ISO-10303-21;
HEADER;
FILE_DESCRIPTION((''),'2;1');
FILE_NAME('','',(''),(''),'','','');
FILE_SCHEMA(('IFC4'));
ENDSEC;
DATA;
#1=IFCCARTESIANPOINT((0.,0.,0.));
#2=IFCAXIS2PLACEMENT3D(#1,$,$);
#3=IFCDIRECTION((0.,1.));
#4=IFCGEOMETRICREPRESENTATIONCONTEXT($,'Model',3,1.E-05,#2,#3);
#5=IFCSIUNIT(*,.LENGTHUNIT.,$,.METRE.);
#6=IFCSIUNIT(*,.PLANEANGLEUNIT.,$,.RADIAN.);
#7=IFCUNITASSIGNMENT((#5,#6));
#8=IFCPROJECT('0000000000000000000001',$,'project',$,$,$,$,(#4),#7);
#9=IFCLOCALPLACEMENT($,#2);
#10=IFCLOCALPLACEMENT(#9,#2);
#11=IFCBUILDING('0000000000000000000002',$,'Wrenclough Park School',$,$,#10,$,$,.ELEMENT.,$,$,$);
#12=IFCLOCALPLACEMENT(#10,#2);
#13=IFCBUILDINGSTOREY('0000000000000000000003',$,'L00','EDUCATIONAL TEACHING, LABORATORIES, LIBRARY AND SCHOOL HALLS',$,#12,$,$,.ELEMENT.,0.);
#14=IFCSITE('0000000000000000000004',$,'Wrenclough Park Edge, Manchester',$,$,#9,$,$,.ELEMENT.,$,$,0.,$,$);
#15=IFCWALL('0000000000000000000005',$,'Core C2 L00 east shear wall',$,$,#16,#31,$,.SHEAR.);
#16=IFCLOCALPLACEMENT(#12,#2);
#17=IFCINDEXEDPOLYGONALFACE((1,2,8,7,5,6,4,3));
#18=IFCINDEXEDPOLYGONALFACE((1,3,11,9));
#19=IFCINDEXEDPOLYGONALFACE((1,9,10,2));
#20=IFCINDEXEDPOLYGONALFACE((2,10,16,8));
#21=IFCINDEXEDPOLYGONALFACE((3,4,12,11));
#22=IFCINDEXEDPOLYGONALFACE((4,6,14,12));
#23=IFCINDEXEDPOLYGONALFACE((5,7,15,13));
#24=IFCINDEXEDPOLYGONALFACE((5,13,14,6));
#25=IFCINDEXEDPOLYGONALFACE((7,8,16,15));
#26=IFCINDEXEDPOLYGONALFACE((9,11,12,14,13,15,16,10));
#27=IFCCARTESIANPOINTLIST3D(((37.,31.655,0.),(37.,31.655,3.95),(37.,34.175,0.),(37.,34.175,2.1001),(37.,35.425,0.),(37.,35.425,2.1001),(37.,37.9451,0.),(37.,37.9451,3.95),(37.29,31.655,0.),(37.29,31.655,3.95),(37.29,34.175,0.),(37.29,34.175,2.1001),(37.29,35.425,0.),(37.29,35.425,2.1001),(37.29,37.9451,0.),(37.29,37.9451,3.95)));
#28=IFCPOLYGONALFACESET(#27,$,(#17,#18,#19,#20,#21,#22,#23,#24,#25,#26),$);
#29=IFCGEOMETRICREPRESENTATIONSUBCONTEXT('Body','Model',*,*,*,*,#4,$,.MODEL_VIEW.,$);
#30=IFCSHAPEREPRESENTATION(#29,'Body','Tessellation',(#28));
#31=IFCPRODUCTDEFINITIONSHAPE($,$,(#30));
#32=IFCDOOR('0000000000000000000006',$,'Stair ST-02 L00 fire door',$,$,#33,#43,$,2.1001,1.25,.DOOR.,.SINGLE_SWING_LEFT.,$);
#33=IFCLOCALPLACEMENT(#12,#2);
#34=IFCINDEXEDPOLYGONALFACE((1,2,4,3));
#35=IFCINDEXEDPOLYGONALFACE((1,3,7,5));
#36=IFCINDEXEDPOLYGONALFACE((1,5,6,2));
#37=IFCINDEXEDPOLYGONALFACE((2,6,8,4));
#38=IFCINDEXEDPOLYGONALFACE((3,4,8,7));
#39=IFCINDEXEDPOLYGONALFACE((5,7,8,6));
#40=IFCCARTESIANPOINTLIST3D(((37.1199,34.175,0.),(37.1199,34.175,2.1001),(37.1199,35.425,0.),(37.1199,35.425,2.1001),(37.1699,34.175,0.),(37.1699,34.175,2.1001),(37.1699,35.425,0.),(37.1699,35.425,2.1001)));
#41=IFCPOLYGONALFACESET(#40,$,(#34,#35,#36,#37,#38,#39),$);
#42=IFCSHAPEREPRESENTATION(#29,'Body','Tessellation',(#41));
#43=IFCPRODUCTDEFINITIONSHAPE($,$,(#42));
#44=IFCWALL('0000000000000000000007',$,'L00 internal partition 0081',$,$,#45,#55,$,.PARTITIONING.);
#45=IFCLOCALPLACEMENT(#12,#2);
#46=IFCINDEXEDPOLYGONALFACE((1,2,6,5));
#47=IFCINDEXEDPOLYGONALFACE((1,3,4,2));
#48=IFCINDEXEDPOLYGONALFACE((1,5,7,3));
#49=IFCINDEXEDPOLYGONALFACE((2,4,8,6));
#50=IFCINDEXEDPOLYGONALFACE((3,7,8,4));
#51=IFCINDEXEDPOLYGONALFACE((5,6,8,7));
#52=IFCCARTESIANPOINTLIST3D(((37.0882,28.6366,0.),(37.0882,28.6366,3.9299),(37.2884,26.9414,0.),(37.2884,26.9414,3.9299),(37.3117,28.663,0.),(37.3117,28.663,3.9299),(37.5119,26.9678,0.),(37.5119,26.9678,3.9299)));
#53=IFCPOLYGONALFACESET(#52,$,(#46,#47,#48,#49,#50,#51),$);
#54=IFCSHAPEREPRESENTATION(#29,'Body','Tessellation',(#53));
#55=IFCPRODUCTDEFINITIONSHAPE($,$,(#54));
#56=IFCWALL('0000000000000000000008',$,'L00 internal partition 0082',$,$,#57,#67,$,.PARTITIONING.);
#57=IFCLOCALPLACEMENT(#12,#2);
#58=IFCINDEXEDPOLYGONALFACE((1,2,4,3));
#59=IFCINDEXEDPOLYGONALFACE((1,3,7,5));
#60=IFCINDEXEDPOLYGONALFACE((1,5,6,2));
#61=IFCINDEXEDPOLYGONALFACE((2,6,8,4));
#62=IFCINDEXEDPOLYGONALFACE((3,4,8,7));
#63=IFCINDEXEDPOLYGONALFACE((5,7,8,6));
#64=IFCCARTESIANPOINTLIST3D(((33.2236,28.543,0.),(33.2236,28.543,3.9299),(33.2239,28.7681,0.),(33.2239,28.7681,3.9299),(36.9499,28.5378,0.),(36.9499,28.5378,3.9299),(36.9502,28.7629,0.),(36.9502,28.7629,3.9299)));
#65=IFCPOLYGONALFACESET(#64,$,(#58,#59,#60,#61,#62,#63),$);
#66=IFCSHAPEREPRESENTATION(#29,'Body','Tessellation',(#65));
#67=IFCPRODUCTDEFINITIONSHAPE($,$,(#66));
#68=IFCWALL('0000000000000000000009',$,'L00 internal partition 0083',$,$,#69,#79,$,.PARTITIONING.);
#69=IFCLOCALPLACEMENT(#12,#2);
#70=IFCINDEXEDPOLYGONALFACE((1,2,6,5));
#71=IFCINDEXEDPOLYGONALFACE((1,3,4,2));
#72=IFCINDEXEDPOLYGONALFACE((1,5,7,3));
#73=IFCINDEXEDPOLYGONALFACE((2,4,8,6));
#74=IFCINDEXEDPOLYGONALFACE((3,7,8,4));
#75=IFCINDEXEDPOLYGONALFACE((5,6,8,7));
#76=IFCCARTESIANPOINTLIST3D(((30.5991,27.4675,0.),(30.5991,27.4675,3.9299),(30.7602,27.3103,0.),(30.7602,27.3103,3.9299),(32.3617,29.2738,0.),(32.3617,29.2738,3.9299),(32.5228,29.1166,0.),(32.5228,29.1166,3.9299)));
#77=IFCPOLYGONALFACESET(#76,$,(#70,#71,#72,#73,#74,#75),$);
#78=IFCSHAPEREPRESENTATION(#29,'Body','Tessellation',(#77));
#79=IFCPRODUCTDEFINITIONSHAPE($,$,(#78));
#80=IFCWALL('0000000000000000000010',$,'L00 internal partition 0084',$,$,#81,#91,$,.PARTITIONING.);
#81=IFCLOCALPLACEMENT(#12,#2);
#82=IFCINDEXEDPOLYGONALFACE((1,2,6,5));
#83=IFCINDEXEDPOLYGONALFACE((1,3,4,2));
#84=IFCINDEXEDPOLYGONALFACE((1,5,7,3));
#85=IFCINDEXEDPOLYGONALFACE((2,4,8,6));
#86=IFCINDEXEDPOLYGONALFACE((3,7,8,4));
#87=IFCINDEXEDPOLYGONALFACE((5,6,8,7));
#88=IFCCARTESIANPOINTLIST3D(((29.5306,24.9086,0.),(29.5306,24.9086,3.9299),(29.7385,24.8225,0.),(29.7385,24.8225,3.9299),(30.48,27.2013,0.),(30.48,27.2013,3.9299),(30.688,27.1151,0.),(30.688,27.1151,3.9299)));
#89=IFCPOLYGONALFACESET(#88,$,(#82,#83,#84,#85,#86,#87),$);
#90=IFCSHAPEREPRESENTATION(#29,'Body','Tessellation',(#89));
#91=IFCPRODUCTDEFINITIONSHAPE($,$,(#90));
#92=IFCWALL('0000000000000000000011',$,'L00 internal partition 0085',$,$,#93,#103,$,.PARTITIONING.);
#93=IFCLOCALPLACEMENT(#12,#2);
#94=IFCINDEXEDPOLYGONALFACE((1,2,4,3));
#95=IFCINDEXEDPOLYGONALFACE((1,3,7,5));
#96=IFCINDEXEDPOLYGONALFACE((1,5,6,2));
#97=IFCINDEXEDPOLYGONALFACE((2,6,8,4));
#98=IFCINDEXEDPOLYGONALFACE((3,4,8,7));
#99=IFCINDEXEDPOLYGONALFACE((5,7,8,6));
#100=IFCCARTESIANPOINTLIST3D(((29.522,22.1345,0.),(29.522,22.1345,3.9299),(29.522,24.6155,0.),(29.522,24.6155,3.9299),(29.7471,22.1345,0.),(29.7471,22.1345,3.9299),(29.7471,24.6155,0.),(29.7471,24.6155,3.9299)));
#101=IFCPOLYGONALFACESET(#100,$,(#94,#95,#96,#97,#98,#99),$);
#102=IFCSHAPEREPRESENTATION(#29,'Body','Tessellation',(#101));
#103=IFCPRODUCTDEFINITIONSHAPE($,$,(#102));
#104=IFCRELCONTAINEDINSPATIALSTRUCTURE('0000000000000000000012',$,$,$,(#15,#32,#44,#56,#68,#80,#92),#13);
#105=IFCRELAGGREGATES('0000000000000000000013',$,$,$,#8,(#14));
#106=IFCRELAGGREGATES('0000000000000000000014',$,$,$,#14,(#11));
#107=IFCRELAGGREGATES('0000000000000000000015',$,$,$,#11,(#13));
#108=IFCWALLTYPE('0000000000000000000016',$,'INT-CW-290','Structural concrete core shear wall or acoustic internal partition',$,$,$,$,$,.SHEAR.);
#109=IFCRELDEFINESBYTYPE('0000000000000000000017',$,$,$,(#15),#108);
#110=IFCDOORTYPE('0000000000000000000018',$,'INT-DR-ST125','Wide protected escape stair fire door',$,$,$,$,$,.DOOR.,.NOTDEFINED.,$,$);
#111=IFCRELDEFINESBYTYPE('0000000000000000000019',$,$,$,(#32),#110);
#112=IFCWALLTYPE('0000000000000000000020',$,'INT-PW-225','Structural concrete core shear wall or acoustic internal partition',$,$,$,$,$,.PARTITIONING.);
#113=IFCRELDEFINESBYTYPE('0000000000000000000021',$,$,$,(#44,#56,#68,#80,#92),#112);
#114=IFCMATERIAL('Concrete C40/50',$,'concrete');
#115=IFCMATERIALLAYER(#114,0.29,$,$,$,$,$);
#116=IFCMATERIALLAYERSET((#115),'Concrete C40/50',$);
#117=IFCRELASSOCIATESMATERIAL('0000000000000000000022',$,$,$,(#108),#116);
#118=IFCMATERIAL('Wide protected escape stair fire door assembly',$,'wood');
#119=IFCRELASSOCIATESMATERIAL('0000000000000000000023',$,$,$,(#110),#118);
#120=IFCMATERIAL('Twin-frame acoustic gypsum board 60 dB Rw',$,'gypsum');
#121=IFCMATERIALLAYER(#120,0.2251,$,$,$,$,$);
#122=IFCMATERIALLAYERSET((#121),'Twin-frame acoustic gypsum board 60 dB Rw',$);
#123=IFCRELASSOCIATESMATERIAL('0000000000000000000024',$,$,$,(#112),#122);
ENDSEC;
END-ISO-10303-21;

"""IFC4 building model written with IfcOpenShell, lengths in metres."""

from ifc_helpers import new_model, si_unit, direction, frame, frame_2d, origin, place, context, subcontext, project, spatial, rectangle, extrude, material, layer, layer_set, type_object, element, fill, save


model = new_model("IFC4")

# Units and contexts
model_context = context("Model", 3, precision=1e-05, world=origin(), true_north=direction((0.0, 1.0)))
body_context = subcontext(model_context, "Body", "Model", "MODEL_VIEW")
ifc_project = project(units=[si_unit("LENGTHUNIT", "METRE"), si_unit("PLANEANGLEUNIT", "RADIAN")], contexts=[model_context])

# Site, building, storey
site_placement = place(None, origin())
site = spatial("IfcSite", under=ifc_project, at=site_placement, Name="Wrenclough Park Edge, Manchester", CompositionType="ELEMENT", RefElevation=0.0)
building_placement = place(site_placement, origin())
building = spatial("IfcBuilding", under=site, at=building_placement, Name="Wrenclough Park School", CompositionType="ELEMENT")
storey_placement = place(building_placement, origin())
storey = spatial("IfcBuildingStorey", under=building, at=storey_placement, Name="L00", Description="EDUCATIONAL TEACHING, LABORATORIES, LIBRARY AND SCHOOL HALLS", CompositionType="ELEMENT", Elevation=0.0)

# Shared definitions
ifc_material_1 = material(Name="Concrete C40/50", Category="concrete")
ifc_layer_1 = layer(ifc_material_1, 0.29)
ifc_layer_set_1 = layer_set([ifc_layer_1], Name="Concrete C40/50")
wall_type_1 = type_object("IfcWallType", Name="INT-CW-290", Description="Structural concrete core shear wall or acoustic internal partition", PredefinedType="SHEAR", material=ifc_layer_set_1)

# Wall, opening, door
wall_1_placement = place(storey_placement, frame((37.145, 31.655, 0.0), z_axis=(0.0, 0.0, 1.0), x_axis=(0.0, 1.0, 0.0)))
wall_1 = element("IfcWall", 1, at=wall_1_placement, inside=storey, type_object=wall_type_1, Name="Core C2 L00 east shear wall", PredefinedType="SHEAR", context=body_context, shape_type="SweptSolid", body=[
    extrude(rectangle(XDim=6.29, YDim=0.29, at=frame_2d((3.145, 0.0))), origin(), (0.0, 0.0, 1.0), 3.95),
])
opening_1_placement = place(wall_1_placement, frame((2.52, 0.0, 0.0)))
opening_1 = element("IfcOpeningElement", 2, at=opening_1_placement, cuts=wall_1, PredefinedType="OPENING", context=body_context, shape_type="SweptSolid", body=[
    extrude(rectangle(XDim=1.25, YDim=2.1001, at=frame_2d((0.625, 1.05))), frame((0.0, 0.155, 0.0), z_axis=(0.0, -1.0, 0.0), x_axis=(1.0, 0.0, 0.0)), (0.0, 0.0, 1.0), 0.3101),
])
ifc_material_2 = material(Name="Wide protected escape stair fire door assembly", Category="wood")
door_type_1 = type_object("IfcDoorType", Name="INT-DR-ST125", Description="Wide protected escape stair fire door", OperationType="NOTDEFINED", PredefinedType="DOOR", material=ifc_material_2)
door_1_placement = place(opening_1_placement, frame((1.25, 0.0, 0.0), z_axis=(0.0, 0.0, 1.0), x_axis=(-1.0, 0.0, 0.0)))
door_1 = element("IfcDoor", 3, at=door_1_placement, inside=storey, type_object=door_type_1, Name="Stair ST-02 L00 fire door", OperationType="SINGLE_SWING_LEFT", OverallHeight=2.1001, OverallWidth=1.25, PredefinedType="DOOR", context=body_context, shape_type="SweptSolid", body=[
    extrude(rectangle(XDim=1.25, YDim=2.1001, at=frame_2d((0.625, 1.05))), frame((0.0, 0.0249, 0.0), z_axis=(0.0, -1.0, 0.0), x_axis=(1.0, 0.0, 0.0)), (0.0, 0.0, 1.0), 0.05),
])
fill(opening_1, door_1)

# Walls
ifc_material_3 = material(Name="Twin-frame acoustic gypsum board 60 dB Rw", Category="gypsum")
ifc_layer_2 = layer(ifc_material_3, 0.2251)
ifc_layer_set_2 = layer_set([ifc_layer_2], Name="Twin-frame acoustic gypsum board 60 dB Rw")
wall_type_2 = type_object("IfcWallType", Name="INT-PW-225", Description="Structural concrete core shear wall or acoustic internal partition", PredefinedType="PARTITIONING", material=ifc_layer_set_2)
wall_2_placement = place(storey_placement, frame((37.4001, 26.9546, 0.0), z_axis=(0.0, 0.0, 1.0), x_axis=(-0.117273, 0.9931, 0.0)))
element("IfcWall", 4, at=wall_2_placement, inside=storey, type_object=wall_type_2, Name="L00 internal partition 0081", PredefinedType="PARTITIONING", context=body_context, shape_type="SweptSolid", body=[
    extrude(rectangle(XDim=1.707, YDim=0.2251, at=frame_2d((0.8535, 0.0))), origin(), (0.0, 0.0, 1.0), 3.9299),
])
wall_3_placement = place(storey_placement, frame((36.9502, 28.6504, 0.0), z_axis=(0.0, 0.0, 1.0), x_axis=(-0.999999, 0.001376, 0.0)))
element("IfcWall", 5, at=wall_3_placement, inside=storey, type_object=wall_type_2, Name="L00 internal partition 0082", PredefinedType="PARTITIONING", context=body_context, shape_type="SweptSolid", body=[
    extrude(rectangle(XDim=3.7263, YDim=0.2251, at=frame_2d((1.8633, 0.0))), origin(), (0.0, 0.0, 1.0), 3.9299),
])
wall_4_placement = place(storey_placement, frame((32.4421, 29.1951, 0.0), z_axis=(0.0, 0.0, 1.0), x_axis=(-0.698395, -0.715712, 0.0)))
element("IfcWall", 6, at=wall_4_placement, inside=storey, type_object=wall_type_2, Name="L00 internal partition 0083", PredefinedType="PARTITIONING", context=body_context, shape_type="SweptSolid", body=[
    extrude(rectangle(XDim=2.5237, YDim=0.2251, at=frame_2d((1.2617, 0.0))), origin(), (0.0, 0.0, 1.0), 3.9299),
])
wall_5_placement = place(storey_placement, frame((30.584, 27.1582, 0.0), z_axis=(0.0, 0.0, 1.0), x_axis=(-0.38261, -0.92391, 0.0)))
element("IfcWall", 7, at=wall_5_placement, inside=storey, type_object=wall_type_2, Name="L00 internal partition 0084", PredefinedType="PARTITIONING", context=body_context, shape_type="SweptSolid", body=[
    extrude(rectangle(XDim=2.4814, YDim=0.2251, at=frame_2d((1.2407, 0.0))), origin(), (0.0, 0.0, 1.0), 3.9299),
])
wall_6_placement = place(storey_placement, frame((29.6345, 24.6155, 0.0), z_axis=(0.0, 0.0, 1.0), x_axis=(0.0, -1.0, 0.0)))
element("IfcWall", 8, at=wall_6_placement, inside=storey, type_object=wall_type_2, Name="L00 internal partition 0085", PredefinedType="PARTITIONING", context=body_context, shape_type="SweptSolid", body=[
    extrude(rectangle(XDim=2.481, YDim=0.2251, at=frame_2d((1.2405, 0.0))), origin(), (0.0, 0.0, 1.0), 3.9299),
])

save(model, "model.ifc")
